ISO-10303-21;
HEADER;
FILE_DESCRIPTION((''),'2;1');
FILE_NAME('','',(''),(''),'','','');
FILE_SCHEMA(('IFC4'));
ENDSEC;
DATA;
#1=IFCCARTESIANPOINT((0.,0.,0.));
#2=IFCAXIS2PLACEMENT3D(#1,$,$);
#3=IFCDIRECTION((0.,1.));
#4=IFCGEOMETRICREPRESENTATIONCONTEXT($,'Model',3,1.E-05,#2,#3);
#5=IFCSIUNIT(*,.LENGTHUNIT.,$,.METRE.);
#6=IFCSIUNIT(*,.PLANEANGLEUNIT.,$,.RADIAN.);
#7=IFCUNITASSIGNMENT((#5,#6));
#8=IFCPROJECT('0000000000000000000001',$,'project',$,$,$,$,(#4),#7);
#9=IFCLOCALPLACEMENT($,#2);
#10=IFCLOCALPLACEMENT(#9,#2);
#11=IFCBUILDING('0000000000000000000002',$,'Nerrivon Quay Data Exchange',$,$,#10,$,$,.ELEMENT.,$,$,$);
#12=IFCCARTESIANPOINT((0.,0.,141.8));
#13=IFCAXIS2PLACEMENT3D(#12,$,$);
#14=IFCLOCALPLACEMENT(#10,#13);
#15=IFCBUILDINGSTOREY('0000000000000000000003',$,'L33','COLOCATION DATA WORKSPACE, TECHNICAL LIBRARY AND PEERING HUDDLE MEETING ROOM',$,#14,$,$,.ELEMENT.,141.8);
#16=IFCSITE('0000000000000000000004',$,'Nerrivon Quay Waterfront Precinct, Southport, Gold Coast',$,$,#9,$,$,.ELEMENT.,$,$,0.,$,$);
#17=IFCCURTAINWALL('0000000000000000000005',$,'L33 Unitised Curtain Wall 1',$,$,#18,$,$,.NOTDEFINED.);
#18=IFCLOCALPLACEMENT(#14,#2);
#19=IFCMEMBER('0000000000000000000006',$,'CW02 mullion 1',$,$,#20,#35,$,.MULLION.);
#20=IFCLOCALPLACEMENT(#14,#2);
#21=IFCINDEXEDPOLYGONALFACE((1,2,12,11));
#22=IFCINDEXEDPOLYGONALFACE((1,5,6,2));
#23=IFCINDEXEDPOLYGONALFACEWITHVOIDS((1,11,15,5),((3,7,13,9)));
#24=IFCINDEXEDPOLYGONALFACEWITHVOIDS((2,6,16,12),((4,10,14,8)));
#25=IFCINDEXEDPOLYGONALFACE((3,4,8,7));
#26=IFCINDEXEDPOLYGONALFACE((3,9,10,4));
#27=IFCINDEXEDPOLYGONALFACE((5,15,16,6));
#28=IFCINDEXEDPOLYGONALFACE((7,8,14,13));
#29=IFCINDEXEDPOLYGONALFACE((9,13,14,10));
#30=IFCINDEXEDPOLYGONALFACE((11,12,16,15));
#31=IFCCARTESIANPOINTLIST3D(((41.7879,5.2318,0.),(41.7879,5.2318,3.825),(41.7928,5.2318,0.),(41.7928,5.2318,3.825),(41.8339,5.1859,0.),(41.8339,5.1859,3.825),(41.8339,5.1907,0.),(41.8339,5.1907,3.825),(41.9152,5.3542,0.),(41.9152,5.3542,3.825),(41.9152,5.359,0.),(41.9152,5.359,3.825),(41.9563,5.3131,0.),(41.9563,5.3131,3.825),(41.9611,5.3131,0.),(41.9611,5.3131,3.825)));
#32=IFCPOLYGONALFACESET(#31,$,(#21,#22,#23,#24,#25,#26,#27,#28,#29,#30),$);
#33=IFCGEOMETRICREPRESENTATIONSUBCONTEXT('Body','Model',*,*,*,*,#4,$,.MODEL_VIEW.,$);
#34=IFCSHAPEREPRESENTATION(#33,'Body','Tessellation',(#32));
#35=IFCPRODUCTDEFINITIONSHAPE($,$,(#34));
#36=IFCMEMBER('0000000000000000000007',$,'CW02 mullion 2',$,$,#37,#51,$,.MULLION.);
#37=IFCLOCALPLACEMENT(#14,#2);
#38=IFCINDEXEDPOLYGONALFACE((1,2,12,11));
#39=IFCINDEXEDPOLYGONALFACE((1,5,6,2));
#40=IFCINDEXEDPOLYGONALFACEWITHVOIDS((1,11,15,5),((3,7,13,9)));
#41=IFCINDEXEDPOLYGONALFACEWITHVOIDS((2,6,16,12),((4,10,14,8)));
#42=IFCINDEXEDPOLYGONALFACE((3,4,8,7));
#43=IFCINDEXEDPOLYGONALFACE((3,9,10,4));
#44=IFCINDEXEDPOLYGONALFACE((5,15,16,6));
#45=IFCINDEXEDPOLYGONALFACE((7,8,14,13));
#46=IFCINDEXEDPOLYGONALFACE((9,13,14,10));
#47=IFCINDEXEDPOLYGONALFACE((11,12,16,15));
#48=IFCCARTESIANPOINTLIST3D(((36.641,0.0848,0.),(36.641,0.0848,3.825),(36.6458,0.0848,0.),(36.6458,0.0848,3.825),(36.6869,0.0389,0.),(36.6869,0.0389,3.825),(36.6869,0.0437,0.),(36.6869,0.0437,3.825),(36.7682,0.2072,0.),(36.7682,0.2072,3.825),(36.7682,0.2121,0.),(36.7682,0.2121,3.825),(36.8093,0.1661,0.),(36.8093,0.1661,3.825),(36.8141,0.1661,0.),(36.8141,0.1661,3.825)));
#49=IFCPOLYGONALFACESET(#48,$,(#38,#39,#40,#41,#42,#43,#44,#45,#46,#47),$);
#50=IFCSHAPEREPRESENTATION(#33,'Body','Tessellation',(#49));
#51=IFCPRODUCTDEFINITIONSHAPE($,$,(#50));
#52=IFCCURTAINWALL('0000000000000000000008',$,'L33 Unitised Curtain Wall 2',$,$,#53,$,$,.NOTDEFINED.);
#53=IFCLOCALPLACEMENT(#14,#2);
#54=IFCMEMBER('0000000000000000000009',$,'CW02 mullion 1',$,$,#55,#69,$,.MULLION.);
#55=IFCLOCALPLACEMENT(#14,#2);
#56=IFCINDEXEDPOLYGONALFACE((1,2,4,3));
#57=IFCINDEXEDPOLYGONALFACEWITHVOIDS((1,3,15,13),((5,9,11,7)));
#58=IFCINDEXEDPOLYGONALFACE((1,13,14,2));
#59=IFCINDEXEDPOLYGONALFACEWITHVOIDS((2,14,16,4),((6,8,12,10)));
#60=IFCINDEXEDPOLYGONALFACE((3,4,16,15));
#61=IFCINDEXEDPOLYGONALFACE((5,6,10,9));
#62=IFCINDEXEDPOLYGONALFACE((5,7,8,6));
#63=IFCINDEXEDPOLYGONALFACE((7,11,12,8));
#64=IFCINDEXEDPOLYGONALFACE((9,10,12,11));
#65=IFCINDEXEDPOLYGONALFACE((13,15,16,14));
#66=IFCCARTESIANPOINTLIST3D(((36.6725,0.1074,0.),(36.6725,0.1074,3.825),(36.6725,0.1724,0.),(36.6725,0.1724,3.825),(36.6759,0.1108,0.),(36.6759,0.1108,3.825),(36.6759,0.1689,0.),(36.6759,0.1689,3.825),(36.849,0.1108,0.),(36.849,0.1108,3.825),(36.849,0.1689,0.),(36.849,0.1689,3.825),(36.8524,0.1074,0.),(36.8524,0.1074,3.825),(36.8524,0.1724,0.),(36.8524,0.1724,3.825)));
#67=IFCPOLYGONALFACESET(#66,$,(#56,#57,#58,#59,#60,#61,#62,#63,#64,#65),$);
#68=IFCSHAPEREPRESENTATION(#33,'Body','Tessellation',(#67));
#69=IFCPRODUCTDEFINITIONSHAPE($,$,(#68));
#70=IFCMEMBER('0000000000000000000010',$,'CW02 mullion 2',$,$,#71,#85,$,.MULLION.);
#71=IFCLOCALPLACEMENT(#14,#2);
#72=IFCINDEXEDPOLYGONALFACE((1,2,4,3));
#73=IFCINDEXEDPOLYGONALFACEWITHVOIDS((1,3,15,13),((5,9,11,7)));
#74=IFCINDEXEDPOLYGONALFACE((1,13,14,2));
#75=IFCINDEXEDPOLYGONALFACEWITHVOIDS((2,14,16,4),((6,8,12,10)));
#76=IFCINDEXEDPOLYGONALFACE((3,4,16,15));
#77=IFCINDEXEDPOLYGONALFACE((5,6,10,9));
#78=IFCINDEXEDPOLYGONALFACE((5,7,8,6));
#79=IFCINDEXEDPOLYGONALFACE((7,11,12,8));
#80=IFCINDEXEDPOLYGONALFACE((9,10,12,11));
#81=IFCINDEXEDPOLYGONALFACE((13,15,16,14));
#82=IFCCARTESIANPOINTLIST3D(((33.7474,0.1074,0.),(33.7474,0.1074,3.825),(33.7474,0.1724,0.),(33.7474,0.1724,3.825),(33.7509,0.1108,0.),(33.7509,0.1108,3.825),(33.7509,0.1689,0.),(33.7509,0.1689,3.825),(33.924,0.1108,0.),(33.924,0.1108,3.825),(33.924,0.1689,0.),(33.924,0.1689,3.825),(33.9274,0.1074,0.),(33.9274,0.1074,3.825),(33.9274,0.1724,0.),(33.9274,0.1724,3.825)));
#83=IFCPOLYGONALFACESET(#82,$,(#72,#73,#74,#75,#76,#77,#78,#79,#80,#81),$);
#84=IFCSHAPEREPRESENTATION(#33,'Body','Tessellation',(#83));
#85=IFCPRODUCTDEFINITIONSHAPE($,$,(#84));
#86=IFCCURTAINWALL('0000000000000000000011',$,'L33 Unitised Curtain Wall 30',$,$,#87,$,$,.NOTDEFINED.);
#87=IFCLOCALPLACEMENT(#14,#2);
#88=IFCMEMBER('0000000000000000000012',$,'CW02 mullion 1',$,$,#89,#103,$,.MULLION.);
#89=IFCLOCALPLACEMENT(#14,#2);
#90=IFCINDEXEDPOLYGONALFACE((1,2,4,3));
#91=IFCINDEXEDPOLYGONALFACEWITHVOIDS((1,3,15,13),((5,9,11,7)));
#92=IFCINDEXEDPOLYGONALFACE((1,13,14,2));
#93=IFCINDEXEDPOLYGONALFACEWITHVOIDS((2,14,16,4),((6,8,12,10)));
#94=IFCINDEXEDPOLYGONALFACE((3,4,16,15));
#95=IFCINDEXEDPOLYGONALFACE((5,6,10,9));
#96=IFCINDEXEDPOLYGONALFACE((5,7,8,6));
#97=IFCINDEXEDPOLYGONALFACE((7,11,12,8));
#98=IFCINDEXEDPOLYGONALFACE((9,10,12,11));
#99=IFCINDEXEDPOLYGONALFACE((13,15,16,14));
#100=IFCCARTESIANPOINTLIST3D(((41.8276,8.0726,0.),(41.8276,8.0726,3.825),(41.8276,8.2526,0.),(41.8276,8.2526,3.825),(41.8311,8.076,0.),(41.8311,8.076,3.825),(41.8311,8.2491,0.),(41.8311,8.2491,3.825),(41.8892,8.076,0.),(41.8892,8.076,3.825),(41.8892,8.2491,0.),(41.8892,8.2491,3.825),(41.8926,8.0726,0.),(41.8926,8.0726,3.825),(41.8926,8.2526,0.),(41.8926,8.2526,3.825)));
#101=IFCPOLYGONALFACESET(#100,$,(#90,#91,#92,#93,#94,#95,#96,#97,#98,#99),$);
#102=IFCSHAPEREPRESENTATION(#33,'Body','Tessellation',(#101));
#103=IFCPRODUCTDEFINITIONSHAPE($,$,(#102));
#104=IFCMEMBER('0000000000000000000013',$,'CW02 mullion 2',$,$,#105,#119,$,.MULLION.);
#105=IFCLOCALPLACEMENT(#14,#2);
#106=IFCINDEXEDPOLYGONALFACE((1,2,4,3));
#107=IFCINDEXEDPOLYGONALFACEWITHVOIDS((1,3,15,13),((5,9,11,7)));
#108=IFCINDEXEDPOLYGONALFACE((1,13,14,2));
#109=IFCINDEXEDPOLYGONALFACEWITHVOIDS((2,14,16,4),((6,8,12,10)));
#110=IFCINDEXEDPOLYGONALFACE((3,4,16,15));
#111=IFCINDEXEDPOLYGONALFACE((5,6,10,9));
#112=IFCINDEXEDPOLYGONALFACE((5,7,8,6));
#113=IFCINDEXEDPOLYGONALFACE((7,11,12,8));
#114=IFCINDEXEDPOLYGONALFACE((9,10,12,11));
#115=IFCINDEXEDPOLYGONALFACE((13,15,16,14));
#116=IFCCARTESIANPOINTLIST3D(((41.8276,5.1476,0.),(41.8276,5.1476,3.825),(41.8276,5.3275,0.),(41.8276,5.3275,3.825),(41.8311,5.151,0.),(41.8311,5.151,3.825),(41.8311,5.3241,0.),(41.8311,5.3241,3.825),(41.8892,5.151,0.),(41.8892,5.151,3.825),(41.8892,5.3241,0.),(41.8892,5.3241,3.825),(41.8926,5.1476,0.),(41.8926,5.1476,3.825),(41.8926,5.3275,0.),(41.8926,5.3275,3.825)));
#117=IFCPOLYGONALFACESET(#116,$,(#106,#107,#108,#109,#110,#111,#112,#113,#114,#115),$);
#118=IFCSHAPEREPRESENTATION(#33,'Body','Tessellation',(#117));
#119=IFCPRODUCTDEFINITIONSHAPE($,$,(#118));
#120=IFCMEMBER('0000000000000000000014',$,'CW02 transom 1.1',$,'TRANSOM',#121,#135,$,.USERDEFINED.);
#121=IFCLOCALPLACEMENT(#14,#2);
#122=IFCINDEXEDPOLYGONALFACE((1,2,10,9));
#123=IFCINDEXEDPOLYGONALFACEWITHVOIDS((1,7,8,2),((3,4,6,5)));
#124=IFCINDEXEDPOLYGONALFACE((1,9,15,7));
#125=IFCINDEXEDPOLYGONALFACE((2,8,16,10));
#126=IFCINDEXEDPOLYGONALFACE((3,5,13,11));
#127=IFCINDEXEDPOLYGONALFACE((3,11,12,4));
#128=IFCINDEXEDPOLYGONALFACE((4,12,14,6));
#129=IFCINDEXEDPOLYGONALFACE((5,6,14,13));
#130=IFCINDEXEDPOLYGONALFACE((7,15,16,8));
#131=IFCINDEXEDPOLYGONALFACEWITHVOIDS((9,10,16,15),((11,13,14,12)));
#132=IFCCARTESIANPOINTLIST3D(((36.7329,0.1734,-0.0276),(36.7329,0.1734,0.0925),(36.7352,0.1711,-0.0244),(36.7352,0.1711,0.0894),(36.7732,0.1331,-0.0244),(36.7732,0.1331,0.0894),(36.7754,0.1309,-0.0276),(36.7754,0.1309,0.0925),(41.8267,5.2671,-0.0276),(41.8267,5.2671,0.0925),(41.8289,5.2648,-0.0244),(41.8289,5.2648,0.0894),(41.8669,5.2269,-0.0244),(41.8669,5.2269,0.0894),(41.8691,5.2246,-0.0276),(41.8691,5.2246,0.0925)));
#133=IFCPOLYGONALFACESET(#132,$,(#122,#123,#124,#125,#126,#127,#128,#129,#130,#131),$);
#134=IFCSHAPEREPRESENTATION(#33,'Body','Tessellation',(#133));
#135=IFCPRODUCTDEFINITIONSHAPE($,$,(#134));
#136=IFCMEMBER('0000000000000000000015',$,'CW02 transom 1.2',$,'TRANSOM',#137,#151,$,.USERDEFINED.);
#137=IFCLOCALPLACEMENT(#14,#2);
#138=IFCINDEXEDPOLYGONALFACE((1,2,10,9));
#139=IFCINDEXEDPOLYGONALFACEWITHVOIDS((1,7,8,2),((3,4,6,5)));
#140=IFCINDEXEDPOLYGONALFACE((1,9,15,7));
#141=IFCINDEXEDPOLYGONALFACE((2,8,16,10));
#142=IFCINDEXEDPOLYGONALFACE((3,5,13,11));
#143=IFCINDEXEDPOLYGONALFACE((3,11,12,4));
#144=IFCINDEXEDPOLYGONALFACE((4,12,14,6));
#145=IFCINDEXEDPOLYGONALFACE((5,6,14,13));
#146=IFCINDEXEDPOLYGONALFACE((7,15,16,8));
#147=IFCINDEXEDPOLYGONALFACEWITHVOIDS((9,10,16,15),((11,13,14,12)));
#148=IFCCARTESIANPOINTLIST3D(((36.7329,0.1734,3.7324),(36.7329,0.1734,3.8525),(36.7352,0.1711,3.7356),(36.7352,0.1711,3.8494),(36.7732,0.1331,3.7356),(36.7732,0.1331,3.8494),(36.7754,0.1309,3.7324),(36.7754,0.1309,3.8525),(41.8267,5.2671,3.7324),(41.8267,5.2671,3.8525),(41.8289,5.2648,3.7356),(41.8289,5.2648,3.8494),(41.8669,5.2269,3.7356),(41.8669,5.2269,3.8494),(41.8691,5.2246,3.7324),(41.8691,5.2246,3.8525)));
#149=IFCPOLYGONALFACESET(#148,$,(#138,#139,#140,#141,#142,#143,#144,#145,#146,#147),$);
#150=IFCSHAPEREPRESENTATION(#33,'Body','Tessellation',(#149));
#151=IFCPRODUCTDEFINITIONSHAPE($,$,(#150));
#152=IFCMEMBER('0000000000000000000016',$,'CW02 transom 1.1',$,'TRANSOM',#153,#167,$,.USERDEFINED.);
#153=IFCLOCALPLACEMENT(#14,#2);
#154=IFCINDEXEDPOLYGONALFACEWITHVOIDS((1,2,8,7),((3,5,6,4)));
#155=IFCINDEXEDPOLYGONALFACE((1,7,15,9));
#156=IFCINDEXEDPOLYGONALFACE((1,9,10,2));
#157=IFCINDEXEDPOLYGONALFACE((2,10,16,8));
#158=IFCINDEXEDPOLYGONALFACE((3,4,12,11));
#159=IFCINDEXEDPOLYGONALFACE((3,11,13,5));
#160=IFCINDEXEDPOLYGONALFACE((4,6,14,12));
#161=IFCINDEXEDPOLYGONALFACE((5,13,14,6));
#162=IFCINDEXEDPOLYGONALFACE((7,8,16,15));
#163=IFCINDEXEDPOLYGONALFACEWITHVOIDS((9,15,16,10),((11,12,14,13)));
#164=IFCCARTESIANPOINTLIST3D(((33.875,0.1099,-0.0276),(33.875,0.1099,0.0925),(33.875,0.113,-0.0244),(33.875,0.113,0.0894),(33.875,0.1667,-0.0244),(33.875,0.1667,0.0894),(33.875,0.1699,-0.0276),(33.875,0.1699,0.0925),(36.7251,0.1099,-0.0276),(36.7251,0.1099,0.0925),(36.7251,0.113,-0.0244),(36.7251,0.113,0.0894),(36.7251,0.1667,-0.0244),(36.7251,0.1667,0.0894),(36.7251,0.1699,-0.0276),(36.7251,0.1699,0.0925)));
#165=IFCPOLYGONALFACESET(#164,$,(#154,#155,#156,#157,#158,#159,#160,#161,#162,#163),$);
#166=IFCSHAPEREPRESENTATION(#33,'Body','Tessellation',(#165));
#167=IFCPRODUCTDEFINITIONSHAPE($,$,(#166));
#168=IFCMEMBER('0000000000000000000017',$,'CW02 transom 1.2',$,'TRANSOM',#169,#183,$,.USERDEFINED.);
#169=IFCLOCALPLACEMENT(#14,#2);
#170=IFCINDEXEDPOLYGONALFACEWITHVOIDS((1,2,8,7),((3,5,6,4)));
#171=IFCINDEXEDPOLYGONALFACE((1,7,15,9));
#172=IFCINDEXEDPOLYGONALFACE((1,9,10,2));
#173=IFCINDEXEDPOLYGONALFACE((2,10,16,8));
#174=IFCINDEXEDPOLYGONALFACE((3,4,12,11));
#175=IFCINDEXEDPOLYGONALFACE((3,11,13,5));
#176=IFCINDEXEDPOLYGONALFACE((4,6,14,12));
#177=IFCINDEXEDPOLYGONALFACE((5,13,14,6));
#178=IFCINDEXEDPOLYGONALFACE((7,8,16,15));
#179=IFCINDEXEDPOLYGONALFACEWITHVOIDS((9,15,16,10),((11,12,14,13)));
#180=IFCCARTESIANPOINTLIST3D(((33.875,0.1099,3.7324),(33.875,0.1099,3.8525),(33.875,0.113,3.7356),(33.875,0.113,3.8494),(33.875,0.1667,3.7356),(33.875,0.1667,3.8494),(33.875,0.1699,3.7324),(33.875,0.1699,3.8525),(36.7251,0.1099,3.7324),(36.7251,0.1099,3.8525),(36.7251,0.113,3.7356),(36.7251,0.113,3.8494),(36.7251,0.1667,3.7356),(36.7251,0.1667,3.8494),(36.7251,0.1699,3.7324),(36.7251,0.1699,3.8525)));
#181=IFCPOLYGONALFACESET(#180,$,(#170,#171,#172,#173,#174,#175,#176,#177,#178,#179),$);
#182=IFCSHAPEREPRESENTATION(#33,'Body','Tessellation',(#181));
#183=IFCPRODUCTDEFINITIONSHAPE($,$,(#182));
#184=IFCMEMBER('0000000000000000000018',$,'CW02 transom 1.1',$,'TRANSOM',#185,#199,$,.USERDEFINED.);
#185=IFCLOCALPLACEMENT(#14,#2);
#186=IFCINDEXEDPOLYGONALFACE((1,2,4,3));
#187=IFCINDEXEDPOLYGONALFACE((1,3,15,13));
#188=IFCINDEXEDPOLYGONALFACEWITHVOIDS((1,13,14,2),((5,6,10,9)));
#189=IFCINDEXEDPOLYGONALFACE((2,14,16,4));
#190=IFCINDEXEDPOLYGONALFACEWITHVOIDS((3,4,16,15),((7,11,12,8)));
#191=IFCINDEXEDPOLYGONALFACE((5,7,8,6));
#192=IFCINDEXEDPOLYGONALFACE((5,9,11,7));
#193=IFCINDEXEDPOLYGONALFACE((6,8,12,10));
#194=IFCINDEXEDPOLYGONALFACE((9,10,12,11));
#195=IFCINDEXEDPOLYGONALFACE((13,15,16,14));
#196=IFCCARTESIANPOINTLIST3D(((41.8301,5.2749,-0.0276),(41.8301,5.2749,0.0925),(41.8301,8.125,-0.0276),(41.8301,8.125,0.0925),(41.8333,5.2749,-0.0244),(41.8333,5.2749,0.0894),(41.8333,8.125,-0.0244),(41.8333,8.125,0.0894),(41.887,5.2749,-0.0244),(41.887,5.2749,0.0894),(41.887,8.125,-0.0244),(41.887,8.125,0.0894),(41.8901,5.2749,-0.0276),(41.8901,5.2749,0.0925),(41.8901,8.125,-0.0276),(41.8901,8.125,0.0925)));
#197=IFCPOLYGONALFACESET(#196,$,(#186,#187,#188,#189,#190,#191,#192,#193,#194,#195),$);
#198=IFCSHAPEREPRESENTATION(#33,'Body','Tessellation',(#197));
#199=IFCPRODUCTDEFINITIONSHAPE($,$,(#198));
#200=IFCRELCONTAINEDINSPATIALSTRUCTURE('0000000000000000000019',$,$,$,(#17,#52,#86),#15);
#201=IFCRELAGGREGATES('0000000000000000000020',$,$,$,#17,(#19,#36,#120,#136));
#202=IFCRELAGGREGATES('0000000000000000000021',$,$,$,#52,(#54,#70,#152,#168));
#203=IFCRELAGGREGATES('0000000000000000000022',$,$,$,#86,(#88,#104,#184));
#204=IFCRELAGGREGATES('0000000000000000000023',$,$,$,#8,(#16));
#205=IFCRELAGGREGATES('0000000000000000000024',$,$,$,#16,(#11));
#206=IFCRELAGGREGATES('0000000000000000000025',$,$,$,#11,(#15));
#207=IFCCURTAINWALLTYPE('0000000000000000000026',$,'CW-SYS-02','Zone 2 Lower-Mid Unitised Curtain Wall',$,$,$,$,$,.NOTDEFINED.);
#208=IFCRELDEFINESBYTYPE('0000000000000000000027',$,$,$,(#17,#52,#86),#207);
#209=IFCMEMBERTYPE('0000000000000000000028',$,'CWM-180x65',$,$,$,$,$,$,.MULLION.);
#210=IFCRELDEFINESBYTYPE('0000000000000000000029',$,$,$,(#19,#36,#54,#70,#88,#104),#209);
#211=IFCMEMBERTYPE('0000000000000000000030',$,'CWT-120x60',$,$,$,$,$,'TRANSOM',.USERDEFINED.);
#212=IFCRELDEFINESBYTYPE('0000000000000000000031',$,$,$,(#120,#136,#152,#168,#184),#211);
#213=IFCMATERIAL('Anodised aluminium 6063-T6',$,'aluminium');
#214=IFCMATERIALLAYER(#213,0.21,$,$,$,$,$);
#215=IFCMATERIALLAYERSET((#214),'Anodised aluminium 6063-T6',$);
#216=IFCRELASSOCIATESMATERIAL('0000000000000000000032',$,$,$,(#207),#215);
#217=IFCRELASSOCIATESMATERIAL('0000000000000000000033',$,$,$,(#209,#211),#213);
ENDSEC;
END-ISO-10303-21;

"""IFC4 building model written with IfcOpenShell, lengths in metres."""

from ifc_helpers import new_model, si_unit, direction, frame, origin, origin_2d, place, context, subcontext, project, spatial, hollow_rectangle, extrude, material, layer, layer_set, material_profile, profile_set, type_object, element, aggregate, save


model = new_model("IFC4")

# Units and contexts
model_context = context("Model", 3, precision=1e-05, world=origin(), true_north=direction((0.0, 1.0)))
body_context = subcontext(model_context, "Body", "Model", "MODEL_VIEW")
ifc_project = project(units=[si_unit("LENGTHUNIT", "METRE"), si_unit("PLANEANGLEUNIT", "RADIAN")], contexts=[model_context])

# Site, building, storey
site_placement = place(None, origin())
site = spatial("IfcSite", under=ifc_project, at=site_placement, Name="Nerrivon Quay Waterfront Precinct, Southport, Gold Coast", CompositionType="ELEMENT", RefElevation=0.0)
building_placement = place(site_placement, origin())
building = spatial("IfcBuilding", under=site, at=building_placement, Name="Nerrivon Quay Data Exchange", CompositionType="ELEMENT")
storey_placement = place(building_placement, frame((0.0, 0.0, 141.8)))
storey = spatial("IfcBuildingStorey", under=building, at=storey_placement, Name="L33", Description="COLOCATION DATA WORKSPACE, TECHNICAL LIBRARY AND PEERING HUDDLE MEETING ROOM", CompositionType="ELEMENT", Elevation=141.8)

# Curtain walls, members
ifc_material_1 = material(Name="Anodised aluminium 6063-T6", Category="aluminium")
ifc_layer_1 = layer(ifc_material_1, 0.21)
ifc_layer_set_1 = layer_set([ifc_layer_1], Name="Anodised aluminium 6063-T6")
curtain_wall_type = type_object("IfcCurtainWallType", Name="CW-SYS-02", Description="Zone 2 Lower-Mid Unitised Curtain Wall", PredefinedType="NOTDEFINED", material=ifc_layer_set_1)
curtain_wall_1_placement = place(storey_placement, origin())
curtain_wall_1 = element("IfcCurtainWall", 1, at=curtain_wall_1_placement, inside=storey, type_object=curtain_wall_type, Name="L33 Unitised Curtain Wall 1", PredefinedType="NOTDEFINED")
ifc_material_profile_1 = material_profile(ifc_material_1, hollow_rectangle(XDim=0.0649, YDim=0.1799, WallThickness=0.0034, at=origin_2d()), Name="ALU-MULL-180x65")
ifc_profile_set_1 = profile_set([ifc_material_profile_1], Name="Anodised aluminium 6063-T6")
member_type_1 = type_object("IfcMemberType", Name="CWM-180x65", PredefinedType="MULLION", material=ifc_profile_set_1)
member_1_placement = place(storey_placement, frame((41.8745, 5.2725, 0.0), z_axis=(0.0, 0.0, 1.0), x_axis=(0.707107, -0.707107, 0.0)))
member_1 = element("IfcMember", 2, at=member_1_placement, type_object=member_type_1, Name="CW02 mullion 1", PredefinedType="MULLION", context=body_context, shape_type="SweptSolid", body=[
    extrude(hollow_rectangle(XDim=0.0649, YDim=0.1799, WallThickness=0.0034, at=origin_2d()), origin(), (0.0, 0.0, 1.0), 3.825),
])
member_2_placement = place(storey_placement, frame((36.7275, 0.1255, 0.0), z_axis=(0.0, 0.0, 1.0), x_axis=(0.707107, -0.707107, 0.0)))
member_2 = element("IfcMember", 3, at=member_2_placement, type_object=member_type_1, Name="CW02 mullion 2", PredefinedType="MULLION", context=body_context, shape_type="SweptSolid", body=[
    extrude(hollow_rectangle(XDim=0.0649, YDim=0.1799, WallThickness=0.0034, at=origin_2d()), origin(), (0.0, 0.0, 1.0), 3.825),
])
curtain_wall_2_placement = place(storey_placement, origin())
curtain_wall_2 = element("IfcCurtainWall", 4, at=curtain_wall_2_placement, inside=storey, type_object=curtain_wall_type, Name="L33 Unitised Curtain Wall 2", PredefinedType="NOTDEFINED")
member_3_placement = place(storey_placement, frame((36.7625, 0.1399, 0.0), z_axis=(0.0, 0.0, 1.0), x_axis=(0.0, -1.0, 0.0)))
member_3 = element("IfcMember", 5, at=member_3_placement, type_object=member_type_1, Name="CW02 mullion 1", PredefinedType="MULLION", context=body_context, shape_type="SweptSolid", body=[
    extrude(hollow_rectangle(XDim=0.0649, YDim=0.1799, WallThickness=0.0034, at=origin_2d()), origin(), (0.0, 0.0, 1.0), 3.825),
])
member_4_placement = place(storey_placement, frame((33.8374, 0.1399, 0.0), z_axis=(0.0, 0.0, 1.0), x_axis=(0.0, -1.0, 0.0)))
member_4 = element("IfcMember", 6, at=member_4_placement, type_object=member_type_1, Name="CW02 mullion 2", PredefinedType="MULLION", context=body_context, shape_type="SweptSolid", body=[
    extrude(hollow_rectangle(XDim=0.0649, YDim=0.1799, WallThickness=0.0034, at=origin_2d()), origin(), (0.0, 0.0, 1.0), 3.825),
])
curtain_wall_3_placement = place(storey_placement, origin())
curtain_wall_3 = element("IfcCurtainWall", 7, at=curtain_wall_3_placement, inside=storey, type_object=curtain_wall_type, Name="L33 Unitised Curtain Wall 30", PredefinedType="NOTDEFINED")
member_5_placement = place(storey_placement, frame((41.8601, 8.1626, 0.0), z_axis=(0.0, 0.0, 1.0), x_axis=(1.0, 0.0, 0.0)))
member_5 = element("IfcMember", 8, at=member_5_placement, type_object=member_type_1, Name="CW02 mullion 1", PredefinedType="MULLION", context=body_context, shape_type="SweptSolid", body=[
    extrude(hollow_rectangle(XDim=0.0649, YDim=0.1799, WallThickness=0.0034, at=origin_2d()), origin(), (0.0, 0.0, 1.0), 3.825),
])
member_6_placement = place(storey_placement, frame((41.8601, 5.2375, 0.0), z_axis=(0.0, 0.0, 1.0), x_axis=(1.0, 0.0, 0.0)))
member_6 = element("IfcMember", 9, at=member_6_placement, type_object=member_type_1, Name="CW02 mullion 2", PredefinedType="MULLION", context=body_context, shape_type="SweptSolid", body=[
    extrude(hollow_rectangle(XDim=0.0649, YDim=0.1799, WallThickness=0.0034, at=origin_2d()), origin(), (0.0, 0.0, 1.0), 3.825),
])

# Members
ifc_material_profile_2 = material_profile(ifc_material_1, hollow_rectangle(XDim=0.0601, YDim=0.1201, WallThickness=0.0032, at=origin_2d()), Name="ALU-TRAN-120x60")
ifc_profile_set_2 = profile_set([ifc_material_profile_2], Name="Anodised aluminium 6063-T6")
member_type_2 = type_object("IfcMemberType", Name="CWT-120x60", ElementType="TRANSOM", PredefinedType="USERDEFINED", material=ifc_profile_set_2)
member_7_placement = place(storey_placement, frame((41.8479, 5.2458, 0.0325), z_axis=(-0.707107, -0.707107, 0.0), x_axis=(0.707107, -0.707107, 0.0)))
member_7 = element("IfcMember", 10, at=member_7_placement, type_object=member_type_2, Name="CW02 transom 1.1", ObjectType="TRANSOM", PredefinedType="USERDEFINED", context=body_context, shape_type="SweptSolid", body=[
    extrude(hollow_rectangle(XDim=0.0601, YDim=0.1201, WallThickness=0.0032, at=origin_2d()), origin(), (0.0, 0.0, 1.0), 7.2036),
])
member_8_placement = place(storey_placement, frame((41.8479, 5.2458, 3.7925), z_axis=(-0.707107, -0.707107, 0.0), x_axis=(0.707107, -0.707107, 0.0)))
member_8 = element("IfcMember", 11, at=member_8_placement, type_object=member_type_2, Name="CW02 transom 1.2", ObjectType="TRANSOM", PredefinedType="USERDEFINED", context=body_context, shape_type="SweptSolid", body=[
    extrude(hollow_rectangle(XDim=0.0601, YDim=0.1201, WallThickness=0.0032, at=origin_2d()), origin(), (0.0, 0.0, 1.0), 7.2036),
])
member_9_placement = place(storey_placement, frame((36.7251, 0.1399, 0.0325), z_axis=(-1.0, 0.0, 0.0), x_axis=(0.0, -1.0, 0.0)))
member_9 = element("IfcMember", 12, at=member_9_placement, type_object=member_type_2, Name="CW02 transom 1.1", ObjectType="TRANSOM", PredefinedType="USERDEFINED", context=body_context, shape_type="SweptSolid", body=[
    extrude(hollow_rectangle(XDim=0.0601, YDim=0.1201, WallThickness=0.0032, at=origin_2d()), origin(), (0.0, 0.0, 1.0), 2.8501),
])
member_10_placement = place(storey_placement, frame((36.7251, 0.1399, 3.7925), z_axis=(-1.0, 0.0, 0.0), x_axis=(0.0, -1.0, 0.0)))
member_10 = element("IfcMember", 13, at=member_10_placement, type_object=member_type_2, Name="CW02 transom 1.2", ObjectType="TRANSOM", PredefinedType="USERDEFINED", context=body_context, shape_type="SweptSolid", body=[
    extrude(hollow_rectangle(XDim=0.0601, YDim=0.1201, WallThickness=0.0032, at=origin_2d()), origin(), (0.0, 0.0, 1.0), 2.8501),
])
member_11_placement = place(storey_placement, frame((41.8601, 8.125, 0.0325), z_axis=(0.0, -1.0, 0.0), x_axis=(1.0, 0.0, 0.0)))
member_11 = element("IfcMember", 14, at=member_11_placement, type_object=member_type_2, Name="CW02 transom 1.1", ObjectType="TRANSOM", PredefinedType="USERDEFINED", context=body_context, shape_type="SweptSolid", body=[
    extrude(hollow_rectangle(XDim=0.0601, YDim=0.1201, WallThickness=0.0032, at=origin_2d()), origin(), (0.0, 0.0, 1.0), 2.8501),
])

aggregate(curtain_wall_1, [member_1, member_2, member_7, member_8])
aggregate(curtain_wall_2, [member_3, member_4, member_9, member_10])
aggregate(curtain_wall_3, [member_5, member_6, member_11])

save(model, "model.ifc")
